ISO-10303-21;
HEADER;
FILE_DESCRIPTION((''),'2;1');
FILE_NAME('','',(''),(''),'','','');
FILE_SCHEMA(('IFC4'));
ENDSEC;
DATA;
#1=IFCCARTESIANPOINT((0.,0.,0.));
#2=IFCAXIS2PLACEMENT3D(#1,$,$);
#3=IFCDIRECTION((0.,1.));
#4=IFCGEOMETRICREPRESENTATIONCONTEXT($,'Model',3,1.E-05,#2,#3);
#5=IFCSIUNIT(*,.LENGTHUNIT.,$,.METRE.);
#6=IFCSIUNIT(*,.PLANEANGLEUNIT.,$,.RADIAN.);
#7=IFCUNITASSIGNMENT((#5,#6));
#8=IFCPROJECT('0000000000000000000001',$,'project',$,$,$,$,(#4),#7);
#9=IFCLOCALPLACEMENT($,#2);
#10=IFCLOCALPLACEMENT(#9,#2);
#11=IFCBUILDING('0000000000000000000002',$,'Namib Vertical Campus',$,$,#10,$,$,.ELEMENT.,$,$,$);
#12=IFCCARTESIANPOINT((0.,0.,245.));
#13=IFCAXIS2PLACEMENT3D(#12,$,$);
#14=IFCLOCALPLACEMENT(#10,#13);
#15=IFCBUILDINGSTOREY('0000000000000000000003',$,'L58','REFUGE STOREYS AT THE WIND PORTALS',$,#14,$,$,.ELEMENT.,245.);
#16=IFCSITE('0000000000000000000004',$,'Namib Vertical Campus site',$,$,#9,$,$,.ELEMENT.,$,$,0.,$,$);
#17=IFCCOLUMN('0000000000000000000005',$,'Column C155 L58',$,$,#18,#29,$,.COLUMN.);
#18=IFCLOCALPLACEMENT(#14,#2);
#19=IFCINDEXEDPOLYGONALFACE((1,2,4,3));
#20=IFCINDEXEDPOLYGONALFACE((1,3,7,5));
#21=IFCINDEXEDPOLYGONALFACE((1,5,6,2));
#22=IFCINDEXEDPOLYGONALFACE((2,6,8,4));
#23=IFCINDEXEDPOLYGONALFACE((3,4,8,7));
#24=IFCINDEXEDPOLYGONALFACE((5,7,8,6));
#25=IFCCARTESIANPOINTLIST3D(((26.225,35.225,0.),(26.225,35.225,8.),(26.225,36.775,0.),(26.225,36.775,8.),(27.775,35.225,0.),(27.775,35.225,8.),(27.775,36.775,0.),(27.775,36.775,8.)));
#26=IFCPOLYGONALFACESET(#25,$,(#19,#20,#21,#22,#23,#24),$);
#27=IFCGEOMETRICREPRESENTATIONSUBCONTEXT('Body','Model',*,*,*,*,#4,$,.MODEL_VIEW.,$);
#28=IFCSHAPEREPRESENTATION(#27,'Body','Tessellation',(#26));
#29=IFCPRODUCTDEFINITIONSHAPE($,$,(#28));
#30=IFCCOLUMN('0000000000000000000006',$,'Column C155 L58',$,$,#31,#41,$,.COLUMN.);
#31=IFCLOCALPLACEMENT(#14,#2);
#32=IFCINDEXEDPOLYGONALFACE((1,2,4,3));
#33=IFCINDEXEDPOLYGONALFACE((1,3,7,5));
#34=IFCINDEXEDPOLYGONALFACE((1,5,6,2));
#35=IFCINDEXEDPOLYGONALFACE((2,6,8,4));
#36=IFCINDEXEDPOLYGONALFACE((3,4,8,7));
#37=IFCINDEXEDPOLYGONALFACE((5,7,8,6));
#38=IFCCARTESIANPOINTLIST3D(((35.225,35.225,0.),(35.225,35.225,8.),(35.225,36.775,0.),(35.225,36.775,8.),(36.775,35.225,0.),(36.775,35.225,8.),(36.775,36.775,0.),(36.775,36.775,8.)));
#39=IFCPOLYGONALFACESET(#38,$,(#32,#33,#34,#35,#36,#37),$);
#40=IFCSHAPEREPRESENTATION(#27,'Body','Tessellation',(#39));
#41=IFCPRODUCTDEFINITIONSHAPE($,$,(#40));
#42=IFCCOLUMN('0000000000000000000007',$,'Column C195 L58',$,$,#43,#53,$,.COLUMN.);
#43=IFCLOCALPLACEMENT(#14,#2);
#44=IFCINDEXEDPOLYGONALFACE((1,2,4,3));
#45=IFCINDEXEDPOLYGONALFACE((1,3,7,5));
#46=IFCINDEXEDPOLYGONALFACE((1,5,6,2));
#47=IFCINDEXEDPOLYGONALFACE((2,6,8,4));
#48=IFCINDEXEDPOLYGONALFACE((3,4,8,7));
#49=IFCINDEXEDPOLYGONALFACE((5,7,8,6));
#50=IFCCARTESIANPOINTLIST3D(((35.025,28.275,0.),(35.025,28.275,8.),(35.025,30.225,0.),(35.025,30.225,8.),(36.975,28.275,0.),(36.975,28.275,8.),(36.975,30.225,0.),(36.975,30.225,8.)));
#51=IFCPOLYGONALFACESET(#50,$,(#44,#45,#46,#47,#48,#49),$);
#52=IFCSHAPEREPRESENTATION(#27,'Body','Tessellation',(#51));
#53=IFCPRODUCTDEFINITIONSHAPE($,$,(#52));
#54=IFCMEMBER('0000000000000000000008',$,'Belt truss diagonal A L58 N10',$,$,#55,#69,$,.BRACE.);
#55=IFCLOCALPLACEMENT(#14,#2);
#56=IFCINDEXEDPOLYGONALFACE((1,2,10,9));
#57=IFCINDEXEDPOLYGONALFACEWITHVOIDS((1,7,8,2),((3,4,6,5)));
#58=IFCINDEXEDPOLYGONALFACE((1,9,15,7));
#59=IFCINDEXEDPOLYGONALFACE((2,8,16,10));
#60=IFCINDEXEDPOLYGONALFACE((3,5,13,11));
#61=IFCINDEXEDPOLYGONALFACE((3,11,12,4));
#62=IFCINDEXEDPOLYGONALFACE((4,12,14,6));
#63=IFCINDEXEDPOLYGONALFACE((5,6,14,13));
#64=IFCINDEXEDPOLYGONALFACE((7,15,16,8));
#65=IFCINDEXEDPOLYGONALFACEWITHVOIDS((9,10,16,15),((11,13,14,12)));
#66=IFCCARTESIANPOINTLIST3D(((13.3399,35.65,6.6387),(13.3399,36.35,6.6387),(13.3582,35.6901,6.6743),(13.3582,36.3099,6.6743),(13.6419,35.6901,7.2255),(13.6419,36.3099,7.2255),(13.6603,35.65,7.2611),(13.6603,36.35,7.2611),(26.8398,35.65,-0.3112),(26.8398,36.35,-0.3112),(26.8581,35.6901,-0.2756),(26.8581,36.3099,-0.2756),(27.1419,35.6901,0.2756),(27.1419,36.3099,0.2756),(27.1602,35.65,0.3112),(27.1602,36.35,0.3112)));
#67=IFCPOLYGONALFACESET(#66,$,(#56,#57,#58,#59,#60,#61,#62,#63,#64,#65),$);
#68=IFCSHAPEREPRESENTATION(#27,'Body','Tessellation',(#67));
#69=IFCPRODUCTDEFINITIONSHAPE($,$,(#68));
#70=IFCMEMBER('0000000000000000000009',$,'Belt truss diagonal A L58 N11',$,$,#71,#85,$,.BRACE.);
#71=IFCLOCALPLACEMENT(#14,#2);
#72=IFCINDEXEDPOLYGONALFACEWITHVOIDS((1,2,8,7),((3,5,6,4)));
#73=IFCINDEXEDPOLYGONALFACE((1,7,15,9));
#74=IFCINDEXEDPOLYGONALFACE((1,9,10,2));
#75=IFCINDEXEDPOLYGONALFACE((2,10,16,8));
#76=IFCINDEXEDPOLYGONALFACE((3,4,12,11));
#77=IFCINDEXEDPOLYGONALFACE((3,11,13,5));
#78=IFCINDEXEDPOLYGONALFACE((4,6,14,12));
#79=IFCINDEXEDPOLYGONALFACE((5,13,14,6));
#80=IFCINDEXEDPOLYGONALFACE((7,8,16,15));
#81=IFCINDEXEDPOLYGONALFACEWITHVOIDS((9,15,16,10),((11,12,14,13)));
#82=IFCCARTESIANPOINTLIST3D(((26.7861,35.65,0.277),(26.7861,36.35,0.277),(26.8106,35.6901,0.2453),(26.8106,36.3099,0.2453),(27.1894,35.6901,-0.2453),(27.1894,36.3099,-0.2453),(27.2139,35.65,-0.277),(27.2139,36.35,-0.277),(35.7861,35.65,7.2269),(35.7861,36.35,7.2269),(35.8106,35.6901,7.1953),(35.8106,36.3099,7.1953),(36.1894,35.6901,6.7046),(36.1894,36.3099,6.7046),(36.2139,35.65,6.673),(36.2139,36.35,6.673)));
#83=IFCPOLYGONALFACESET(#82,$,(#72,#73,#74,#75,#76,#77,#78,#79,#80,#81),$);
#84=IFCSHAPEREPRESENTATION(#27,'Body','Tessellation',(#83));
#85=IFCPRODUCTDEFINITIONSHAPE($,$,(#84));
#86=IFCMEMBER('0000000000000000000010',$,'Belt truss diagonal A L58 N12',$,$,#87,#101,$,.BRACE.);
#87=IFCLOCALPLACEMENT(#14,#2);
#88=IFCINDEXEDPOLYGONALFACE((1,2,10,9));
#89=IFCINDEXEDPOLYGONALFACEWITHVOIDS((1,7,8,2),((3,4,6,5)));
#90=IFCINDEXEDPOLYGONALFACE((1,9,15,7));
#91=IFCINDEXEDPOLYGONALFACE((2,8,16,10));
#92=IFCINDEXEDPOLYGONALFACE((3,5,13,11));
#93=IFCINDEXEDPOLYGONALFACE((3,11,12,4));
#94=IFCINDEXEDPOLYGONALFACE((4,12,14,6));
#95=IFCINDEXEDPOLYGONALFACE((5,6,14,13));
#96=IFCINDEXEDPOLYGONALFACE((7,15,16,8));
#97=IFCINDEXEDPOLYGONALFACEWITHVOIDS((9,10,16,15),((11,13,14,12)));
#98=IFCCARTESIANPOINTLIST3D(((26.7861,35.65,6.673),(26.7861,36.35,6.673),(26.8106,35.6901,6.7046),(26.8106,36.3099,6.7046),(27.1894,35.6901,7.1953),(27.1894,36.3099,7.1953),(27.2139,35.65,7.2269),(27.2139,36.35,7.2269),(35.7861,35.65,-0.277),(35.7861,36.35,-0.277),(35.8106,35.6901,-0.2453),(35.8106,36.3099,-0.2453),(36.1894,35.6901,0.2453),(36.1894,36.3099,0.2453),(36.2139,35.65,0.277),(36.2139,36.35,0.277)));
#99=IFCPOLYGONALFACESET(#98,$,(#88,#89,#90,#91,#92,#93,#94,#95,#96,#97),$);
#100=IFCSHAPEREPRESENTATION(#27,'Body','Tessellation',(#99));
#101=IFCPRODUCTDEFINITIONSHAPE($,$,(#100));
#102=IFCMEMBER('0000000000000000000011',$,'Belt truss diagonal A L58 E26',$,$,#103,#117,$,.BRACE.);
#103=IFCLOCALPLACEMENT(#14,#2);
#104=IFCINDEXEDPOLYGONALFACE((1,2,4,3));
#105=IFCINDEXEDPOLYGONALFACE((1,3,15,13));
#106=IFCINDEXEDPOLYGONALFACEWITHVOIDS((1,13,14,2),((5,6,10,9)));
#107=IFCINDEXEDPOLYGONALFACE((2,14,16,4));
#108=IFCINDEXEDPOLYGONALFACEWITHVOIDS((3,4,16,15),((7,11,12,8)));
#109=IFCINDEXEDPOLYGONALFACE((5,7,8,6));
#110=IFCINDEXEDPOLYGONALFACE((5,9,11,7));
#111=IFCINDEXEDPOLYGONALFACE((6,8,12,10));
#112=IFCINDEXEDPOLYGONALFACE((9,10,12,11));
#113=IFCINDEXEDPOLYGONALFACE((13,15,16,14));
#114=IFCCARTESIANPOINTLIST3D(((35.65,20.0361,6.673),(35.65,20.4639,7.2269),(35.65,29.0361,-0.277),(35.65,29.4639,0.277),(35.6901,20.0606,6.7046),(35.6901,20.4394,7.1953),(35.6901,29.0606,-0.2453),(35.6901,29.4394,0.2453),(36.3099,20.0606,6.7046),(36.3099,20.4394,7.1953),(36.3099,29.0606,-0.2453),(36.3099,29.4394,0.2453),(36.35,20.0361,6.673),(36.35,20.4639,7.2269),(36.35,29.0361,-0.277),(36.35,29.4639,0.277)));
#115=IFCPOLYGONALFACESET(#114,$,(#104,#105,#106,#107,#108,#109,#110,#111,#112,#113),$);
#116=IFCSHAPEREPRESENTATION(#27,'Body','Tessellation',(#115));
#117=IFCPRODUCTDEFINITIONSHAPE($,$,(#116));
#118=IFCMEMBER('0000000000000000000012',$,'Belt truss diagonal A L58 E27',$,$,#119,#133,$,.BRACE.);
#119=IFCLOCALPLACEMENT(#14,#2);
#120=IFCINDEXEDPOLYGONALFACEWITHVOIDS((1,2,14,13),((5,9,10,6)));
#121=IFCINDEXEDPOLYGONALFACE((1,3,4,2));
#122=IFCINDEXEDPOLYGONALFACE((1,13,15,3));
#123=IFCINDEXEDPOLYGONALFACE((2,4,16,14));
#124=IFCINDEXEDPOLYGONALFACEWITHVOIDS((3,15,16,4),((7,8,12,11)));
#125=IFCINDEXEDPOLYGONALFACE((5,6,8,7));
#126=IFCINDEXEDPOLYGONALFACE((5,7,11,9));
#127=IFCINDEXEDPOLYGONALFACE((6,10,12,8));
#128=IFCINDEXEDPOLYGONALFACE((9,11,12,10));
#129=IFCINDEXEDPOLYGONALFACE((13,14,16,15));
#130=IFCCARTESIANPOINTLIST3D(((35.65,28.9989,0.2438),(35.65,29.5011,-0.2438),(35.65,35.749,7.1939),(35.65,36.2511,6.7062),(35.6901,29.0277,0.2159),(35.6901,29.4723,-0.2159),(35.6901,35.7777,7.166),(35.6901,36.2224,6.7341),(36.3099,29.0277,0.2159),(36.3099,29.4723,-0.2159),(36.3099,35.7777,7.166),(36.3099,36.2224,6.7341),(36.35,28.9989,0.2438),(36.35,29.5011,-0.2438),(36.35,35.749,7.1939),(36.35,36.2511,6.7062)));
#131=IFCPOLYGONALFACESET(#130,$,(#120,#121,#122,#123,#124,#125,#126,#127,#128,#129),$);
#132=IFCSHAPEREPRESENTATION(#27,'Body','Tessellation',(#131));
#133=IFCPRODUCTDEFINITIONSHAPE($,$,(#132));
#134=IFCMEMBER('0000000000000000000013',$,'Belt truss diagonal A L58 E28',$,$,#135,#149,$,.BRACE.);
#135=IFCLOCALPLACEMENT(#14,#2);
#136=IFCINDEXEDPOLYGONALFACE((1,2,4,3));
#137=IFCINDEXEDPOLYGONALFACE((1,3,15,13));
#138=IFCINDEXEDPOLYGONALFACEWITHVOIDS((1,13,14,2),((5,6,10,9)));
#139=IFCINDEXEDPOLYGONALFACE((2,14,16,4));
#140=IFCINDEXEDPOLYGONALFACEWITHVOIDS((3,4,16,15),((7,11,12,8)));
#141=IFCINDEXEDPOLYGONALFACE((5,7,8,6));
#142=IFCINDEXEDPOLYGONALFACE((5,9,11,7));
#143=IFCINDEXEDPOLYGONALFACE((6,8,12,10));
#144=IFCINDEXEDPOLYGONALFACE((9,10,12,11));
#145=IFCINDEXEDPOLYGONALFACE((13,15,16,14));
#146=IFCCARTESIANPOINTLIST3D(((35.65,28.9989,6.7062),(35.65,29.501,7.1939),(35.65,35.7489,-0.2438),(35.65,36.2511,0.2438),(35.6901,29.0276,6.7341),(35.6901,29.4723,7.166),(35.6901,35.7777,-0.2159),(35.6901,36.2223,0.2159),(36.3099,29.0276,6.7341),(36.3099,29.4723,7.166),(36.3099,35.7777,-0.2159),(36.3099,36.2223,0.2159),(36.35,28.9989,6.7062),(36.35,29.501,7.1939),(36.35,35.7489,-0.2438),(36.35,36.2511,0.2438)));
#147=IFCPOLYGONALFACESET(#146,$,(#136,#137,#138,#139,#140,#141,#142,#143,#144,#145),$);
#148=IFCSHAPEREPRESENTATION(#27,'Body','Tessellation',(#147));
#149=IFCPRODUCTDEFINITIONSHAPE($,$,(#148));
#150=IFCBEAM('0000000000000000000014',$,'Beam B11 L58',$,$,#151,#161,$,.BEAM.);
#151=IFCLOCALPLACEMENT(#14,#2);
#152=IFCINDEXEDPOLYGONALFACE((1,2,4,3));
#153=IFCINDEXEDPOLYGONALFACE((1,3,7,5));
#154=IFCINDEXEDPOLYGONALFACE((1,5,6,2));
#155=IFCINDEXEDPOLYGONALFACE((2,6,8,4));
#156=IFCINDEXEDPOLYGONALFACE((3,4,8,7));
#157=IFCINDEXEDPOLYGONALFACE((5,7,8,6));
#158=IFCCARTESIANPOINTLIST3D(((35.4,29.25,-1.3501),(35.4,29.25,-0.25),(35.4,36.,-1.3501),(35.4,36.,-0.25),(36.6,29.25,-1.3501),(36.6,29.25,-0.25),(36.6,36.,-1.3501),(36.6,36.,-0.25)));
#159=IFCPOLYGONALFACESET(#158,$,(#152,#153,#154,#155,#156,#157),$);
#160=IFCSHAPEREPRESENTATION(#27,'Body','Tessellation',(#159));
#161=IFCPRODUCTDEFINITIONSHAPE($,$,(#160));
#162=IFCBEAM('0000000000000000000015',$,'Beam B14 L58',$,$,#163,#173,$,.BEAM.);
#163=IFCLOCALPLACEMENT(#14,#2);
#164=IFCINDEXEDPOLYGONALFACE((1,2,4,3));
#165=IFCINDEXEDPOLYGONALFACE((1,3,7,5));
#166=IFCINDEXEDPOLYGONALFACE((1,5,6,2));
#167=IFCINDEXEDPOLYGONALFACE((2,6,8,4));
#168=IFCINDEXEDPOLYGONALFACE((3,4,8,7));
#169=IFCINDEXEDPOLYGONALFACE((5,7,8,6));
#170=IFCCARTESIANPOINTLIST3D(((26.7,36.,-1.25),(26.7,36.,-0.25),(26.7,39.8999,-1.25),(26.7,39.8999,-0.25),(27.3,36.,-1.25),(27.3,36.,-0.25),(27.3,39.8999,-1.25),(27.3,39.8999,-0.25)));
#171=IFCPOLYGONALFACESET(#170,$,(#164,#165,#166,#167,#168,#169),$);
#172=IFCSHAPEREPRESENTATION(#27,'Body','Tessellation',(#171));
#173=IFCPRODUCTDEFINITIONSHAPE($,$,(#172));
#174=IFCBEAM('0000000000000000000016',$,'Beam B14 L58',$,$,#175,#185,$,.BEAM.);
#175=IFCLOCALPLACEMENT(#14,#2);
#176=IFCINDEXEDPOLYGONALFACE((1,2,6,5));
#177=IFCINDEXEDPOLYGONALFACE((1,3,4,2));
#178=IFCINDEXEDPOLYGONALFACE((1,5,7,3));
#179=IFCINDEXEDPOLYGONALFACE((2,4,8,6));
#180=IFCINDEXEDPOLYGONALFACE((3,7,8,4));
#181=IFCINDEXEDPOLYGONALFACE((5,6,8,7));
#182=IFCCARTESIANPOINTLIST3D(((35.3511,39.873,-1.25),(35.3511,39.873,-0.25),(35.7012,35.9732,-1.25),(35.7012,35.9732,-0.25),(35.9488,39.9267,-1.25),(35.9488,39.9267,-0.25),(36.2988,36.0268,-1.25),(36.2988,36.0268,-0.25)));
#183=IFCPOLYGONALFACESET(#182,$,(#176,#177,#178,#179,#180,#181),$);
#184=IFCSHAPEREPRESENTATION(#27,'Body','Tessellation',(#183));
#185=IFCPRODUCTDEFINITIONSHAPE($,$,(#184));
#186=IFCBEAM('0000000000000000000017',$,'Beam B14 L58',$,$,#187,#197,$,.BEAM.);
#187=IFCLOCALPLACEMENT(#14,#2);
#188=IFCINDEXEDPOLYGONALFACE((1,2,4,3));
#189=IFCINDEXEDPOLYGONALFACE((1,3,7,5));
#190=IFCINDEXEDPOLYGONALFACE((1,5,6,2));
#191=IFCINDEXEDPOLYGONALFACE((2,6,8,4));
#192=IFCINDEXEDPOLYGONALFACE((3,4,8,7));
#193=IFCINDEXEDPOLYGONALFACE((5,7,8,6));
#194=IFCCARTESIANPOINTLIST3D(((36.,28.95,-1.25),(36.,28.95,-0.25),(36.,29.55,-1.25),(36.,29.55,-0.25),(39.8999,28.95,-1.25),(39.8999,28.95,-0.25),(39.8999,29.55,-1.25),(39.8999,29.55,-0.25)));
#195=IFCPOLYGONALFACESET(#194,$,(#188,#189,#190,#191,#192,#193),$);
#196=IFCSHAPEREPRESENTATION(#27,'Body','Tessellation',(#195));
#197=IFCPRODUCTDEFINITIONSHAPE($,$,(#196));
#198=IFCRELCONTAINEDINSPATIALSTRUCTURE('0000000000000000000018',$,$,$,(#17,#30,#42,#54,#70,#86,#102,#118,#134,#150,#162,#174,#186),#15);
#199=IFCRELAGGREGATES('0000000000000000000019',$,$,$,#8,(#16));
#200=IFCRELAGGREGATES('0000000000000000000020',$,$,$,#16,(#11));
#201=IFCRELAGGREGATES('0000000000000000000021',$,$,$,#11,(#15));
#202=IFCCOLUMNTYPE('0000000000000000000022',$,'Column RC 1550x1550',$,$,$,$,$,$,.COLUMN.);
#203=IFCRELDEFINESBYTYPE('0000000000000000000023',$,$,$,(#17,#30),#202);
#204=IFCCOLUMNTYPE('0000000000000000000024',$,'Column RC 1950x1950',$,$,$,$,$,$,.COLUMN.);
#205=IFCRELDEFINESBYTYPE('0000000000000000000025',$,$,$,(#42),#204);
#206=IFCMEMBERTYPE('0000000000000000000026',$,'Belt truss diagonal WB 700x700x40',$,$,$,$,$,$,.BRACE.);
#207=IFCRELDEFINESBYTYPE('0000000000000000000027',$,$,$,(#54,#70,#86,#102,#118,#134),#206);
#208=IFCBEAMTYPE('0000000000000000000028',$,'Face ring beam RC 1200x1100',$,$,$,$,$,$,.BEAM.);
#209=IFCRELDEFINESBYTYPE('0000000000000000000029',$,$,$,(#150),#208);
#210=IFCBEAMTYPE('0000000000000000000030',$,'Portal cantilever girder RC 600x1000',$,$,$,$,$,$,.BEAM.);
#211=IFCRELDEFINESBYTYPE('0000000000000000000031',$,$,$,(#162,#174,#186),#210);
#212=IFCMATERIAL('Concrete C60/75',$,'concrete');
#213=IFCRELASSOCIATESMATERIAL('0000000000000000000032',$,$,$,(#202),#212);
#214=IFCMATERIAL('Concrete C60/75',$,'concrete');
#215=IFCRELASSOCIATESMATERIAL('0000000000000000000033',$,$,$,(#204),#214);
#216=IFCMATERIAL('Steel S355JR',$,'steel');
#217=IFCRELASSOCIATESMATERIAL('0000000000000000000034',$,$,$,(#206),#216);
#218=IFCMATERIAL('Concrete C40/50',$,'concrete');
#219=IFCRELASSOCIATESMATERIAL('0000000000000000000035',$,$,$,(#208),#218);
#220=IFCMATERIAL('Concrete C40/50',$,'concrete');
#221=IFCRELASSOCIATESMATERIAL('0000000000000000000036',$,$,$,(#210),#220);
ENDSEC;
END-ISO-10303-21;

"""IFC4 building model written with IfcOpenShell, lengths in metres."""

from ifc_helpers import new_model, si_unit, direction, frame, origin, origin_2d, place, context, subcontext, project, spatial, rectangle, hollow_rectangle, extrude, material, material_profile, profile_set, type_object, element, save


model = new_model("IFC4")

# Units and contexts
model_context = context("Model", 3, precision=1e-05, world=origin(), true_north=direction((0.0, 1.0)))
body_context = subcontext(model_context, "Body", "Model", "MODEL_VIEW")
ifc_project = project(units=[si_unit("LENGTHUNIT", "METRE"), si_unit("PLANEANGLEUNIT", "RADIAN")], contexts=[model_context])

# Site, building, storey
site_placement = place(None, origin())
site = spatial("IfcSite", under=ifc_project, at=site_placement, Name="Namib Vertical Campus site", CompositionType="ELEMENT", RefElevation=0.0)
building_placement = place(site_placement, origin())
building = spatial("IfcBuilding", under=site, at=building_placement, Name="Namib Vertical Campus", CompositionType="ELEMENT")
storey_placement = place(building_placement, frame((0.0, 0.0, 245.0)))
storey = spatial("IfcBuildingStorey", under=building, at=storey_placement, Name="L58", Description="REFUGE STOREYS AT THE WIND PORTALS", CompositionType="ELEMENT", Elevation=245.0)

# Columns
ifc_material_1 = material(Name="Concrete C60/75", Category="concrete")
ifc_material_profile_1 = material_profile(ifc_material_1, rectangle(XDim=1.55, YDim=1.55, at=origin_2d()))
ifc_profile_set_1 = profile_set([ifc_material_profile_1], Name="Concrete C60/75")
column_type_1 = type_object("IfcColumnType", Name="Column RC 1550x1550", PredefinedType="COLUMN", material=ifc_profile_set_1)
for number, where, z_axis, x_axis, name in (
    (1, (27.0, 36.0, 0.0), (0.0, 0.0, 1.0), (1.0, 0.0, 0.0), "Column C155 L58"),
    (2, (36.0, 36.0, 0.0), (0.0, 0.0, 1.0), (1.0, 0.0, 0.0), "Column C155 L58"),
):
    element("IfcColumn", number, at=place(storey_placement, frame(where, z_axis=z_axis, x_axis=x_axis)), inside=storey, type_object=column_type_1, Name=name, PredefinedType="COLUMN", context=body_context, shape_type="SweptSolid", body=[
        extrude(rectangle(XDim=1.55, YDim=1.55, at=origin_2d()), origin(), (0.0, 0.0, 1.0), 8.0),
    ])
ifc_material_2 = material(Name="Concrete C60/75", Category="concrete")
ifc_material_profile_2 = material_profile(ifc_material_2, rectangle(XDim=1.95, YDim=1.95, at=origin_2d()))
ifc_profile_set_2 = profile_set([ifc_material_profile_2], Name="Concrete C60/75")
column_type_2 = type_object("IfcColumnType", Name="Column RC 1950x1950", PredefinedType="COLUMN", material=ifc_profile_set_2)
column_placement = place(storey_placement, frame((36.0, 29.25, 0.0), z_axis=(0.0, 0.0, 1.0), x_axis=(1.0, 0.0, 0.0)))
element("IfcColumn", 3, at=column_placement, inside=storey, type_object=column_type_2, Name="Column C195 L58", PredefinedType="COLUMN", context=body_context, shape_type="SweptSolid", body=[
    extrude(rectangle(XDim=1.95, YDim=1.95, at=origin_2d()), origin(), (0.0, 0.0, 1.0), 8.0),
])

# Members
ifc_material_3 = material(Name="Steel S355JR", Category="steel")
ifc_material_profile_3 = material_profile(ifc_material_3, hollow_rectangle(XDim=0.7, YDim=0.7, WallThickness=0.04, at=origin_2d()))
ifc_profile_set_3 = profile_set([ifc_material_profile_3], Name="Steel S355JR")
member_type = type_object("IfcMemberType", Name="Belt truss diagonal WB 700x700x40", PredefinedType="BRACE", material=ifc_profile_set_3)
member_placement = place(storey_placement, frame((27.0, 36.0, 0.0), z_axis=(-0.889098, 0.0, 0.457717), x_axis=(0.0, -1.0, 0.0)))
element("IfcMember", 4, at=member_placement, inside=storey, type_object=member_type, Name="Belt truss diagonal A L58 N10", PredefinedType="BRACE", context=body_context, shape_type="SweptSolid", body=[
    extrude(hollow_rectangle(XDim=0.7, YDim=0.7, WallThickness=0.04, at=origin_2d()), origin(), (0.0, 0.0, 1.0), 15.1838),
])
for number, where, z_axis, x_axis, name in (
    (5, (27.0, 36.0, 0.0), (0.79148, 0.0, 0.611194), (0.0, 1.0, 0.0), "Belt truss diagonal A L58 N11"),
    (6, (36.0, 36.0, 0.0), (-0.79148, 0.0, 0.611194), (0.0, -1.0, 0.0), "Belt truss diagonal A L58 N12"),
    (7, (36.0, 29.25, 0.0), (0.0, -0.79148, 0.611194), (1.0, 0.0, 0.0), "Belt truss diagonal A L58 E26"),
):
    element("IfcMember", number, at=place(storey_placement, frame(where, z_axis=z_axis, x_axis=x_axis)), inside=storey, type_object=member_type, Name=name, PredefinedType="BRACE", context=body_context, shape_type="SweptSolid", body=[
        extrude(hollow_rectangle(XDim=0.7, YDim=0.7, WallThickness=0.04, at=origin_2d()), origin(), (0.0, 0.0, 1.0), 11.3711),
    ])
for number, where, z_axis, x_axis, name in (
    (8, (36.0, 29.25, 0.0), (0.0, 0.696712, 0.717351), (-1.0, 0.0, 0.0), "Belt truss diagonal A L58 E27"),
    (9, (36.0, 36.0, 0.0), (0.0, -0.696712, 0.717351), (1.0, 0.0, 0.0), "Belt truss diagonal A L58 E28"),
):
    element("IfcMember", number, at=place(storey_placement, frame(where, z_axis=z_axis, x_axis=x_axis)), inside=storey, type_object=member_type, Name=name, PredefinedType="BRACE", context=body_context, shape_type="SweptSolid", body=[
        extrude(hollow_rectangle(XDim=0.7, YDim=0.7, WallThickness=0.04, at=origin_2d()), origin(), (0.0, 0.0, 1.0), 9.6885),
    ])

# Beams
ifc_material_4 = material(Name="Concrete C40/50", Category="concrete")
ifc_material_profile_4 = material_profile(ifc_material_4, rectangle(XDim=1.2, YDim=1.1001, at=origin_2d()))
ifc_profile_set_4 = profile_set([ifc_material_profile_4], Name="Concrete C40/50")
beam_type_1 = type_object("IfcBeamType", Name="Face ring beam RC 1200x1100", PredefinedType="BEAM", material=ifc_profile_set_4)
beam_1_placement = place(storey_placement, frame((36.0, 29.25, -0.8), z_axis=(0.0, 1.0, 0.0), x_axis=(-1.0, 0.0, 0.0)))
element("IfcBeam", 10, at=beam_1_placement, inside=storey, type_object=beam_type_1, Name="Beam B11 L58", PredefinedType="BEAM", context=body_context, shape_type="SweptSolid", body=[
    extrude(rectangle(XDim=1.2, YDim=1.1001, at=origin_2d()), origin(), (0.0, 0.0, 1.0), 6.75),
])
ifc_material_5 = material(Name="Concrete C40/50", Category="concrete")
ifc_material_profile_5 = material_profile(ifc_material_5, rectangle(XDim=0.6001, YDim=1.0, at=origin_2d()))
ifc_profile_set_5 = profile_set([ifc_material_profile_5], Name="Concrete C40/50")
beam_type_2 = type_object("IfcBeamType", Name="Portal cantilever girder RC 600x1000", PredefinedType="BEAM", material=ifc_profile_set_5)
beam_2_placement = place(storey_placement, frame((27.0, 36.0, -0.75), z_axis=(0.0, 1.0, 0.0), x_axis=(-1.0, 0.0, 0.0)))
element("IfcBeam", 11, at=beam_2_placement, inside=storey, type_object=beam_type_2, Name="Beam B14 L58", PredefinedType="BEAM", context=body_context, shape_type="SweptSolid", body=[
    extrude(rectangle(XDim=0.6001, YDim=1.0, at=origin_2d()), origin(), (0.0, 0.0, 1.0), 3.8999),
])
beam_3_placement = place(storey_placement, frame((36.0, 36.0, -0.75), z_axis=(-0.089411, 0.995995, 0.0), x_axis=(-0.995995, -0.089411, 0.0)))
element("IfcBeam", 12, at=beam_3_placement, inside=storey, type_object=beam_type_2, Name="Beam B14 L58", PredefinedType="BEAM", context=body_context, shape_type="SweptSolid", body=[
    extrude(rectangle(XDim=0.6001, YDim=1.0, at=origin_2d()), origin(), (0.0, 0.0, 1.0), 3.9155),
])
beam_4_placement = place(storey_placement, frame((36.0, 29.25, -0.75), z_axis=(1.0, 0.0, 0.0), x_axis=(0.0, 1.0, 0.0)))
element("IfcBeam", 13, at=beam_4_placement, inside=storey, type_object=beam_type_2, Name="Beam B14 L58", PredefinedType="BEAM", context=body_context, shape_type="SweptSolid", body=[
    extrude(rectangle(XDim=0.6001, YDim=1.0, at=origin_2d()), origin(), (0.0, 0.0, 1.0), 3.8999),
])

save(model, "model.ifc")
